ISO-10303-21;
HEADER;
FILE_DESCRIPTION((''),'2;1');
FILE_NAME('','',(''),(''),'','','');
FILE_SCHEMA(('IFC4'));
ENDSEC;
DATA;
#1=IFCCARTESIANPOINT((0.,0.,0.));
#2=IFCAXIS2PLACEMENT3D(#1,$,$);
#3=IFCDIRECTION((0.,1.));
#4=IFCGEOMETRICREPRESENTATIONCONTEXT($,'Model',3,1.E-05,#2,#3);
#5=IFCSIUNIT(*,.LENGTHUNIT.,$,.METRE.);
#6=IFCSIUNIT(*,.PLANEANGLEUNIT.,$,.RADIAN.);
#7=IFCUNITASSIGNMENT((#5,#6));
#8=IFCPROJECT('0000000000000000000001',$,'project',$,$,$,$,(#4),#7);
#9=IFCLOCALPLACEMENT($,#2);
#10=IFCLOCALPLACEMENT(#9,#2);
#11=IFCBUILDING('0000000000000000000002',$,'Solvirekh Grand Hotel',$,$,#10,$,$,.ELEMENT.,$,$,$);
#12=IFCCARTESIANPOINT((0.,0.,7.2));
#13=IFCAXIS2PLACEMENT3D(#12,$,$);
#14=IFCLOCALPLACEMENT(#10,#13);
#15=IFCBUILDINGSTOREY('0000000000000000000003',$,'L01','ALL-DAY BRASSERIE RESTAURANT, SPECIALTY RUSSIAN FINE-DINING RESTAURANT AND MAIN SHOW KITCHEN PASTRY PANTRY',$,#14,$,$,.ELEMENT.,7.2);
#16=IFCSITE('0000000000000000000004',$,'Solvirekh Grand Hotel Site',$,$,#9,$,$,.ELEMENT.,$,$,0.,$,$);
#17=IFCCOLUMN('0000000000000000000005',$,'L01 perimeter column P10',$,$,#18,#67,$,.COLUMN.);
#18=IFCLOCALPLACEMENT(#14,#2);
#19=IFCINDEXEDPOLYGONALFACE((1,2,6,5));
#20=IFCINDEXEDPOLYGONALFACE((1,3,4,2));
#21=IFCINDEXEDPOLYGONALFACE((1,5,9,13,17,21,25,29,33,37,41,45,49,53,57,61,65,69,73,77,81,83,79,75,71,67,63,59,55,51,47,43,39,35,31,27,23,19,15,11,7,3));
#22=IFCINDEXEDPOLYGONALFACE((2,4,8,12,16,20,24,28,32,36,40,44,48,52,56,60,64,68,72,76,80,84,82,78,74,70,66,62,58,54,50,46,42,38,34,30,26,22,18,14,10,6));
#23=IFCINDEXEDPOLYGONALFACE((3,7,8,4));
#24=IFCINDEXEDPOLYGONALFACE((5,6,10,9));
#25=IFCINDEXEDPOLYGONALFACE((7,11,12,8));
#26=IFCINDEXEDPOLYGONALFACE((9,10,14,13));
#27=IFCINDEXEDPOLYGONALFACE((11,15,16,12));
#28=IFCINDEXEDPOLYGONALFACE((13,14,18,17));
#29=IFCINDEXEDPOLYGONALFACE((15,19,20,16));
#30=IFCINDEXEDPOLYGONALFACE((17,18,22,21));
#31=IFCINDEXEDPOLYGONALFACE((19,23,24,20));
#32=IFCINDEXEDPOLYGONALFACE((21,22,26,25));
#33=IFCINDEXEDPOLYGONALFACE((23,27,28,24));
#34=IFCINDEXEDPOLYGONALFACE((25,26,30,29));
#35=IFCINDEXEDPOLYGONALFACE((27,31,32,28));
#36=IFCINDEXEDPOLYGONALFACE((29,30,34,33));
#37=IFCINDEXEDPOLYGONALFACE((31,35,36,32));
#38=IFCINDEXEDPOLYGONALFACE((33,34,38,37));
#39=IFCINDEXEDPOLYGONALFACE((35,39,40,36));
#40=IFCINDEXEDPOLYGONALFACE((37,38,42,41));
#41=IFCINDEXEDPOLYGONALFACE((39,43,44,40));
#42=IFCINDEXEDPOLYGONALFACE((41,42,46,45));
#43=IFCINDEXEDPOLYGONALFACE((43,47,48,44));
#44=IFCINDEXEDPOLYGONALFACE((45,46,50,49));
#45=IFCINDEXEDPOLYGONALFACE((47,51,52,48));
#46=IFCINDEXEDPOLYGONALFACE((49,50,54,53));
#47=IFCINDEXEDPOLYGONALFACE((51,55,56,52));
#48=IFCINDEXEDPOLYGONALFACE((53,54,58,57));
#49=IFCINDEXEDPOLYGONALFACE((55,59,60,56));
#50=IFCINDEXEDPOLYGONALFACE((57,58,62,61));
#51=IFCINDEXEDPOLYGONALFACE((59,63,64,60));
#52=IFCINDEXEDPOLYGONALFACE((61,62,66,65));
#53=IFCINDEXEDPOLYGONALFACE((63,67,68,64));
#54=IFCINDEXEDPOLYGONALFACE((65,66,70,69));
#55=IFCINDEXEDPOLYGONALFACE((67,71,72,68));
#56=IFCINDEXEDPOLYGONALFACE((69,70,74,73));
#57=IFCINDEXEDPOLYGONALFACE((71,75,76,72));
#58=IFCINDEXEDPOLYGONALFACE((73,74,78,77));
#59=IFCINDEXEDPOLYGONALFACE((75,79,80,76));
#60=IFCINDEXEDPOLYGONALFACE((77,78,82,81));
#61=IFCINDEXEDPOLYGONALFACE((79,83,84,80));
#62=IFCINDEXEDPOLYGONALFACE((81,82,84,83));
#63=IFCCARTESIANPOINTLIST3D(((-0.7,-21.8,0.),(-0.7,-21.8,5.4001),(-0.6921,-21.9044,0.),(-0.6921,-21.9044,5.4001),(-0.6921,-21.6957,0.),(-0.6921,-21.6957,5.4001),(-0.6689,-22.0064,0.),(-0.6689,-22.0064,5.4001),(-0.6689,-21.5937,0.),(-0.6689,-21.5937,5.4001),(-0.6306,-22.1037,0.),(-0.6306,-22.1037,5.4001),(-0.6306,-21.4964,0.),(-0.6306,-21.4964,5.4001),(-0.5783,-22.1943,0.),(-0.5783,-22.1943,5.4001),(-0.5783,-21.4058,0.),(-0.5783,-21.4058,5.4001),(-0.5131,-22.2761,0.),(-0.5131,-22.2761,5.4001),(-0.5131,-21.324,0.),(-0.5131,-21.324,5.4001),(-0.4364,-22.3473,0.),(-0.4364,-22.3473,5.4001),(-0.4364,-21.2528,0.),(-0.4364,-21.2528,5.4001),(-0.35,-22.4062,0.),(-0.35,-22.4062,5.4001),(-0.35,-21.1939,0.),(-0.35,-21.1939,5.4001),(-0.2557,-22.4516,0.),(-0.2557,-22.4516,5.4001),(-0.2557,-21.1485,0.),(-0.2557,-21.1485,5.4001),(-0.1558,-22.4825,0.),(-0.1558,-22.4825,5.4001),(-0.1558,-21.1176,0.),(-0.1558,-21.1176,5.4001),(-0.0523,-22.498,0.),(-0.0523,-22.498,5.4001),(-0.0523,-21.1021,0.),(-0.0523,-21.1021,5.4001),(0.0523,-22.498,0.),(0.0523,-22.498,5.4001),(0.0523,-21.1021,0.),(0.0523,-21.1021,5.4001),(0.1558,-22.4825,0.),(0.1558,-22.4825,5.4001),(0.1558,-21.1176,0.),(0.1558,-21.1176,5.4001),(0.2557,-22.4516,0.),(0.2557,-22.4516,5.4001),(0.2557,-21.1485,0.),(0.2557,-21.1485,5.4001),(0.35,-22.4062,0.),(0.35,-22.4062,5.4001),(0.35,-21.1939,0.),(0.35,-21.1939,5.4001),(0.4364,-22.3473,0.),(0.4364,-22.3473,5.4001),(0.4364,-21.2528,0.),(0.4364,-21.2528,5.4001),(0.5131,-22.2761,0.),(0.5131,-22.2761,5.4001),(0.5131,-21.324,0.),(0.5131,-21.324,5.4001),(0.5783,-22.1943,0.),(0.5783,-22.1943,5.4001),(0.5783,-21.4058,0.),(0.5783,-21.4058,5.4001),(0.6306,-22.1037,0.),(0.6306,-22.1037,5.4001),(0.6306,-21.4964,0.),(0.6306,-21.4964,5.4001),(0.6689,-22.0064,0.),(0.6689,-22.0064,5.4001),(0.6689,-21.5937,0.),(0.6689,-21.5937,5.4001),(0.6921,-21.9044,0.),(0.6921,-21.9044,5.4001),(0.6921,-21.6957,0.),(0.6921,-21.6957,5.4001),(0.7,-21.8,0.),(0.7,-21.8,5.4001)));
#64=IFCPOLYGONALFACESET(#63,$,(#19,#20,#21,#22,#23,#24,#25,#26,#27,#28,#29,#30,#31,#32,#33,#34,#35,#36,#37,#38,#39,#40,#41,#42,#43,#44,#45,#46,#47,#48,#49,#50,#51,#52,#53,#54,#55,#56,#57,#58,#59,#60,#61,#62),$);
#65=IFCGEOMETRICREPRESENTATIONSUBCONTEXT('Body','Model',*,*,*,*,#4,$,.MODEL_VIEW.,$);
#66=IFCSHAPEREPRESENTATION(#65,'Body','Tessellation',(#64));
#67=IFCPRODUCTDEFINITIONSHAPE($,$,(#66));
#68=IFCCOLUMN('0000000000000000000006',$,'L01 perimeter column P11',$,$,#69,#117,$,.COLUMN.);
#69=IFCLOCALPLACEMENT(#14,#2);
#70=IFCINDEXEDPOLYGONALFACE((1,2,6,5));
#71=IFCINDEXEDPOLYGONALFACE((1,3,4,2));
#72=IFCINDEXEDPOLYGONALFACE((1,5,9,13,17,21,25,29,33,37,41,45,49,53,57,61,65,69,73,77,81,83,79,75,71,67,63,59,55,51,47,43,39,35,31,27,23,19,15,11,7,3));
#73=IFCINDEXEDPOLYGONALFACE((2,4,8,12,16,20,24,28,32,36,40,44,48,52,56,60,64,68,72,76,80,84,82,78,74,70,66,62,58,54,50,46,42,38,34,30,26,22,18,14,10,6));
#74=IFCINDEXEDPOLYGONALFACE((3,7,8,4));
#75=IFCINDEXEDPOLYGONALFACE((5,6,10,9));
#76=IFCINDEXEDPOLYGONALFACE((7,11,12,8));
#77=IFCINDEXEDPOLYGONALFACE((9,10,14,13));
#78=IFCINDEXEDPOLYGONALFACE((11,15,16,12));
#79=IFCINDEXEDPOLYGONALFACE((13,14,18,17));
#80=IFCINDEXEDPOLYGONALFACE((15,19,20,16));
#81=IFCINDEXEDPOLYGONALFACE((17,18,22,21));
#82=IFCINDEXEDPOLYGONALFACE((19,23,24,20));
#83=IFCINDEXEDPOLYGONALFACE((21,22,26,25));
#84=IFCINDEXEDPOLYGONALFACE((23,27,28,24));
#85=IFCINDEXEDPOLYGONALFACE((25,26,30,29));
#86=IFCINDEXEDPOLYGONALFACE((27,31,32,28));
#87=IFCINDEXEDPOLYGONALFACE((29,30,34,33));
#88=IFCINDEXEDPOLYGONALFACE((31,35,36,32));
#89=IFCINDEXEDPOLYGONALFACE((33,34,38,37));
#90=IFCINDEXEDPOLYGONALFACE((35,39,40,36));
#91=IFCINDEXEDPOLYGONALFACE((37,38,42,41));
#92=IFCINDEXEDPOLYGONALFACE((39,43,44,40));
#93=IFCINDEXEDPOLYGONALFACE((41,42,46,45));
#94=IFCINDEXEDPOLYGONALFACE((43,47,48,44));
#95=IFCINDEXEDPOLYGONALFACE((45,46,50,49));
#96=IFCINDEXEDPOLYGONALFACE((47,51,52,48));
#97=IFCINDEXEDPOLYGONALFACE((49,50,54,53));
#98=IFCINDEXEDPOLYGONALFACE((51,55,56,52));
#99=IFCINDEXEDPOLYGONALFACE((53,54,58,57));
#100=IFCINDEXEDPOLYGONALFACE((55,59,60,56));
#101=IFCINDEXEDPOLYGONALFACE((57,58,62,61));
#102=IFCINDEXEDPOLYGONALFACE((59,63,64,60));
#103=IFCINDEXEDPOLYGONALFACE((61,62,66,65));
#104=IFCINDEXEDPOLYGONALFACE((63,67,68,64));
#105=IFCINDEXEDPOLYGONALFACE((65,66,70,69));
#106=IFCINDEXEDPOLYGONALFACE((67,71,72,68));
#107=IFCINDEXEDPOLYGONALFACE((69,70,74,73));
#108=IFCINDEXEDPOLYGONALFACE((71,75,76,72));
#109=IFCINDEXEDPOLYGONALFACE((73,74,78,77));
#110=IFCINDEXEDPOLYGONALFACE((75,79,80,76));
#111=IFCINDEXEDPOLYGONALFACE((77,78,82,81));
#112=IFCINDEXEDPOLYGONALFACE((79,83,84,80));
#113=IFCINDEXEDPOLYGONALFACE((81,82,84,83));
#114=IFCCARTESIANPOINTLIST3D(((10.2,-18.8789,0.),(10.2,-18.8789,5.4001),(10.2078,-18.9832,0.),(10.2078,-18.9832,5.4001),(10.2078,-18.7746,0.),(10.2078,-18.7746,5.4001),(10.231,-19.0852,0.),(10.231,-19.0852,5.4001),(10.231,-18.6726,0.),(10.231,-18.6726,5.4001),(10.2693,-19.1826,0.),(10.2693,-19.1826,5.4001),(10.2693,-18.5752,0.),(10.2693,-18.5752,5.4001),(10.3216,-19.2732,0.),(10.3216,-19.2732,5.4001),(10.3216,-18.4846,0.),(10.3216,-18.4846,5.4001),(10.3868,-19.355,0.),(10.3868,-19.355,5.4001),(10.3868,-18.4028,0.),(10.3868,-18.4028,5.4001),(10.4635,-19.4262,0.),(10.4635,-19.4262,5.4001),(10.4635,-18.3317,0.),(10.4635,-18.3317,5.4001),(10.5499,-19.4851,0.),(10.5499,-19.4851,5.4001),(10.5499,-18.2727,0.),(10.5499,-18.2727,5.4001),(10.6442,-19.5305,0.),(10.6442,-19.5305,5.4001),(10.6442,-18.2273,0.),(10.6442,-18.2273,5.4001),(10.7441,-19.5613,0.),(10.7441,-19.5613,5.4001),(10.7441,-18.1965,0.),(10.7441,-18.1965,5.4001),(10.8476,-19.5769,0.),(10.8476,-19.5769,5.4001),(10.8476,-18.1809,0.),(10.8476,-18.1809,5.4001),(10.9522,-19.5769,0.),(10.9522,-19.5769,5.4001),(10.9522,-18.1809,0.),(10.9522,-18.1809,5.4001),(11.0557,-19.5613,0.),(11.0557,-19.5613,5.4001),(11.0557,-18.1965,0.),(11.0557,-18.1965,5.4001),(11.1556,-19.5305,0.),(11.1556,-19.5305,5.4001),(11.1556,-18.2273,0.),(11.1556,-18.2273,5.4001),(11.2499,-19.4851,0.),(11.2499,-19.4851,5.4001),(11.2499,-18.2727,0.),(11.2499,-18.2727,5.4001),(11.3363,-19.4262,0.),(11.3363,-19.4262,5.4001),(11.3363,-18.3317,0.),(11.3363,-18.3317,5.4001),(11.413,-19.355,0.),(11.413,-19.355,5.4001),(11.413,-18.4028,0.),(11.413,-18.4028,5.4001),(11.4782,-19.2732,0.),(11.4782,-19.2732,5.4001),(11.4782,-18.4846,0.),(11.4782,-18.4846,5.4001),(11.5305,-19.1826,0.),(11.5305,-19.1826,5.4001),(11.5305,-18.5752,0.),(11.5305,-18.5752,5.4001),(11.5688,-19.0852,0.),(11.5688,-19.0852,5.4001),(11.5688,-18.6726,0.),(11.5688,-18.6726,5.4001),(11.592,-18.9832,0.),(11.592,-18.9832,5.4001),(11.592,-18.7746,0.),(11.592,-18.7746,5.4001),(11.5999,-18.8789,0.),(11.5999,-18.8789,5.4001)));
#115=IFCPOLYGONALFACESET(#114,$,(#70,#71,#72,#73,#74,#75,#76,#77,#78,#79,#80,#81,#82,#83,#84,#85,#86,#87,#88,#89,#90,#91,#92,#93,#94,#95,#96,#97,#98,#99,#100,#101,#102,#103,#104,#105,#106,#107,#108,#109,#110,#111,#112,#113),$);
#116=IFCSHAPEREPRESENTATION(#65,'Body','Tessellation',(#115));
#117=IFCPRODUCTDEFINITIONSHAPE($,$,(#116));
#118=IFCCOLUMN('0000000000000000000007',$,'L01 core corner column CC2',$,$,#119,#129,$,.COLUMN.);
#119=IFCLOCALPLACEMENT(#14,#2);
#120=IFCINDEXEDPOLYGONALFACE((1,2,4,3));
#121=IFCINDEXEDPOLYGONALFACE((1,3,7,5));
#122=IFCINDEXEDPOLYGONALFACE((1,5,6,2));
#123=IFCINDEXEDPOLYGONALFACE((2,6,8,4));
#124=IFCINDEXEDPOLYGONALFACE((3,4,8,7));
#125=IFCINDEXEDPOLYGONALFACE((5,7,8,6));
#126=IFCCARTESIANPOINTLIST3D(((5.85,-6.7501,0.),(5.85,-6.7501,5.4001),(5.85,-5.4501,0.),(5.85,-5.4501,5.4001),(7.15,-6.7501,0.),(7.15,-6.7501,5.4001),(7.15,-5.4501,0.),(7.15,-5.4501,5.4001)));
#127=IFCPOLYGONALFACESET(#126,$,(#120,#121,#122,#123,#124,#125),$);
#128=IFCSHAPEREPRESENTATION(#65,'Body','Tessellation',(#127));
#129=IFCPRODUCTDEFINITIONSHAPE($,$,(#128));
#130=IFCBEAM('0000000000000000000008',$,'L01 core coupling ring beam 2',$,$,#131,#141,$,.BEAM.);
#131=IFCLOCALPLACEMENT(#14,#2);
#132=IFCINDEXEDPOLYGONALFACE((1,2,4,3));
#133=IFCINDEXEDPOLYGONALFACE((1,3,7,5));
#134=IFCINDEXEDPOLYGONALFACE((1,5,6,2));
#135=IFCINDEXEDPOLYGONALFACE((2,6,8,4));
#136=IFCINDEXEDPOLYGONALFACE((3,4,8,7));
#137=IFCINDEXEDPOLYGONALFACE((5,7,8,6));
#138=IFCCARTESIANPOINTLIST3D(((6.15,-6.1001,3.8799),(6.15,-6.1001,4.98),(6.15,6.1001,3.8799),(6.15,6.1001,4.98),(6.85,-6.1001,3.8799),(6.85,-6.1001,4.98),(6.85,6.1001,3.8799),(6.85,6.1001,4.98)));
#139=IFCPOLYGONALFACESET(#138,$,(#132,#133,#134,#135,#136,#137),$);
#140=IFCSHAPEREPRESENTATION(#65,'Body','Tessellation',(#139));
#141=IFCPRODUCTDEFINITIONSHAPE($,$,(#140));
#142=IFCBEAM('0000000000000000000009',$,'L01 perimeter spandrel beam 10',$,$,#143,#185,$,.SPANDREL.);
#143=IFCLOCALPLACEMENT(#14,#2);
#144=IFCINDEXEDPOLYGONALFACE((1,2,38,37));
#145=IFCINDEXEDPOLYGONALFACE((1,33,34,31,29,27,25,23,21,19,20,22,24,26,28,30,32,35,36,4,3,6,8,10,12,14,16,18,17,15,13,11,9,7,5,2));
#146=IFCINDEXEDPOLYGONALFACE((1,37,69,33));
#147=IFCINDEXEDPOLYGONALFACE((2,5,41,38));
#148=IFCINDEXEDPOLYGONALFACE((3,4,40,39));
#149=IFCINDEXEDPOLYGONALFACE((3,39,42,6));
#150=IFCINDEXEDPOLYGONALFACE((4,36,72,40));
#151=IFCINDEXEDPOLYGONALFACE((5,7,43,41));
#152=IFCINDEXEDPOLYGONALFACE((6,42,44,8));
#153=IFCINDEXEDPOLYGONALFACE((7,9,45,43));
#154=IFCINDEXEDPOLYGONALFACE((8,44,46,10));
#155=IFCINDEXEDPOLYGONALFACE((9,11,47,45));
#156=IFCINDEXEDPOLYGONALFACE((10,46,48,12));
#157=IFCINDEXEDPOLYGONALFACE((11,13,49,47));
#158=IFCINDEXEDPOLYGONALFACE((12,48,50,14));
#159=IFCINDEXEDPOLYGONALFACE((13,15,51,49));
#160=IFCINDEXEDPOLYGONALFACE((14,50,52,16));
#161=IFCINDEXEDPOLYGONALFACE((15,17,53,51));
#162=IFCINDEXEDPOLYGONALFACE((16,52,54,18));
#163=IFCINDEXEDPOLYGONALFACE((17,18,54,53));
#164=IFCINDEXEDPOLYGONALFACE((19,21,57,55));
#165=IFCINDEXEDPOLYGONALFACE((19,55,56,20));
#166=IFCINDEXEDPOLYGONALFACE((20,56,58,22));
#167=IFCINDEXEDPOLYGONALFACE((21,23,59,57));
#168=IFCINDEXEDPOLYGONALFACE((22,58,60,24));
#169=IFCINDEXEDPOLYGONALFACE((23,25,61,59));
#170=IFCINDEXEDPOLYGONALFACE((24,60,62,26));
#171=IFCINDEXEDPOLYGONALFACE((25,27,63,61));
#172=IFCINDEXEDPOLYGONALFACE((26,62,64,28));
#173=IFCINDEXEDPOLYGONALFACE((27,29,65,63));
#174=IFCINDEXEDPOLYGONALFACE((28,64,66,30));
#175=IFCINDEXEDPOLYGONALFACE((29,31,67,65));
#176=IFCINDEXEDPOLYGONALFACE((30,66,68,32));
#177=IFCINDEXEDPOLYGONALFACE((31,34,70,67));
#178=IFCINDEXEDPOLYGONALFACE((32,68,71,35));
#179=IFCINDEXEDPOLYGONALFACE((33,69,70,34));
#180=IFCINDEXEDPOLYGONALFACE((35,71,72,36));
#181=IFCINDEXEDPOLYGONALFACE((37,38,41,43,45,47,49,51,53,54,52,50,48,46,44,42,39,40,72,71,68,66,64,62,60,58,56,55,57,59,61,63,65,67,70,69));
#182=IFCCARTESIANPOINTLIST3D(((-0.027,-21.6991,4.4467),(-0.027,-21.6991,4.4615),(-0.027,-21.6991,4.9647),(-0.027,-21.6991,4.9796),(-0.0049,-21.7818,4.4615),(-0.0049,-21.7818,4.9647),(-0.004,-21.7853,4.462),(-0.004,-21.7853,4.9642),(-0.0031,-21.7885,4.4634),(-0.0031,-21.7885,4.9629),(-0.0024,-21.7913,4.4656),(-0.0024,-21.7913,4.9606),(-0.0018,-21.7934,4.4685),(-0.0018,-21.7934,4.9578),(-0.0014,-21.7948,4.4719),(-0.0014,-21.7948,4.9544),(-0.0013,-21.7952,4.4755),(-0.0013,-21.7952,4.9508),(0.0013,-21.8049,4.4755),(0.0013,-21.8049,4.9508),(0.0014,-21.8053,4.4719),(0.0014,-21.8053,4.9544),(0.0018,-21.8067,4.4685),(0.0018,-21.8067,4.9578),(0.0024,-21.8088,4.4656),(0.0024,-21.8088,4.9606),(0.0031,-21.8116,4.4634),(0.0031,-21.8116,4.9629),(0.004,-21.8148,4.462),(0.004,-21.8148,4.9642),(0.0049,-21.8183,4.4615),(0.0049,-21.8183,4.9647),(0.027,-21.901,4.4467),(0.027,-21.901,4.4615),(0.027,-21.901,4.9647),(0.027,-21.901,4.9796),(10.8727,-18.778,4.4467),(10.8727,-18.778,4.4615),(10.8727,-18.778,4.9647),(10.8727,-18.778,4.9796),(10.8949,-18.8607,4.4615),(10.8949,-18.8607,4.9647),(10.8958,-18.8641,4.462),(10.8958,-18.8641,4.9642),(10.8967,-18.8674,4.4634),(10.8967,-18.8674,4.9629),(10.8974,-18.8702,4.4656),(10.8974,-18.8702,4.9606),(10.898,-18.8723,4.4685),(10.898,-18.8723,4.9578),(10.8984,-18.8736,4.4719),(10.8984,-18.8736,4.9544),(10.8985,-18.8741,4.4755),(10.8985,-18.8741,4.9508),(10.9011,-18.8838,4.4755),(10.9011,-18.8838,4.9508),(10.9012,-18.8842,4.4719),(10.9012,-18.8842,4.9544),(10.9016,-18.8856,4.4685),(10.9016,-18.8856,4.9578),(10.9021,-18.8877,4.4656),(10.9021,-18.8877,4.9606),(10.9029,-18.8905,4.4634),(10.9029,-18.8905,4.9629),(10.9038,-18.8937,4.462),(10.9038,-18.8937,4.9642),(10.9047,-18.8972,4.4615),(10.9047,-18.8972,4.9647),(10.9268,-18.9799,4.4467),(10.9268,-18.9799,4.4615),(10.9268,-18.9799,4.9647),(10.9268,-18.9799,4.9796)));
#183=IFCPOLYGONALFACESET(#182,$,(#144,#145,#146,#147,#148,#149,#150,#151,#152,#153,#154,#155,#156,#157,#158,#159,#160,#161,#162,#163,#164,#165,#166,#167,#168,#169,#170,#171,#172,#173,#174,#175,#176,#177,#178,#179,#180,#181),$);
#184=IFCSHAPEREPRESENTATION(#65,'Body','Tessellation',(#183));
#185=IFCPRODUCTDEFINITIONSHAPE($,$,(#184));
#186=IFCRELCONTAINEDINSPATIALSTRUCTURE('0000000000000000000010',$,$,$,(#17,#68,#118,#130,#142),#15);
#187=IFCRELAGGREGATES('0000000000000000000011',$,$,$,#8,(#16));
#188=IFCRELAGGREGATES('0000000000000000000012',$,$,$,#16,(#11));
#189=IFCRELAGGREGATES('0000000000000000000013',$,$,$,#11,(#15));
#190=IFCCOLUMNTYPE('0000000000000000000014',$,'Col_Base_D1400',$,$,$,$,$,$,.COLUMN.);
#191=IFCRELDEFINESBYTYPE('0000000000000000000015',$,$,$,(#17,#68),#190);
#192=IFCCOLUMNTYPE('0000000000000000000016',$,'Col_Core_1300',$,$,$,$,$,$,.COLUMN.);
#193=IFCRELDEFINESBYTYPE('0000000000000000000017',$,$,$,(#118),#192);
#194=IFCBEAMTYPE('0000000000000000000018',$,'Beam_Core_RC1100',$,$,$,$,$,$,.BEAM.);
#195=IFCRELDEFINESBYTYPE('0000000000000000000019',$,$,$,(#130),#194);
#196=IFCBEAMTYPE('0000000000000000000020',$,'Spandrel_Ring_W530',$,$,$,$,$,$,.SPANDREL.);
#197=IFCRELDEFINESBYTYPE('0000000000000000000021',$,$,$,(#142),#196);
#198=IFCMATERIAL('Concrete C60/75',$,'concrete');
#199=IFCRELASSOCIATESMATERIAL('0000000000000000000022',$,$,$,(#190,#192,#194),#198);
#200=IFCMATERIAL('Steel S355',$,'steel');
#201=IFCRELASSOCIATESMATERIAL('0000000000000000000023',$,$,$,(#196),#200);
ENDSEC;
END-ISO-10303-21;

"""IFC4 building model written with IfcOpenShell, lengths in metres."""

from ifc_helpers import new_model, si_unit, direction, frame, origin, origin_2d, place, context, subcontext, project, spatial, rectangle, circle, i_section, extrude, material, material_profile, profile_set, type_object, element, save


model = new_model("IFC4")

# Units and contexts
model_context = context("Model", 3, precision=1e-05, world=origin(), true_north=direction((0.0, 1.0)))
body_context = subcontext(model_context, "Body", "Model", "MODEL_VIEW")
ifc_project = project(units=[si_unit("LENGTHUNIT", "METRE"), si_unit("PLANEANGLEUNIT", "RADIAN")], contexts=[model_context])

# Site, building, storey
site_placement = place(None, origin())
site = spatial("IfcSite", under=ifc_project, at=site_placement, Name="Solvirekh Grand Hotel Site", CompositionType="ELEMENT", RefElevation=0.0)
building_placement = place(site_placement, origin())
building = spatial("IfcBuilding", under=site, at=building_placement, Name="Solvirekh Grand Hotel", CompositionType="ELEMENT")
storey_placement = place(building_placement, frame((0.0, 0.0, 7.2)))
storey = spatial("IfcBuildingStorey", under=building, at=storey_placement, Name="L01", Description="ALL-DAY BRASSERIE RESTAURANT, SPECIALTY RUSSIAN FINE-DINING RESTAURANT AND MAIN SHOW KITCHEN PASTRY PANTRY", CompositionType="ELEMENT", Elevation=7.2)

# Columns
ifc_material_1 = material(Name="Concrete C60/75", Category="concrete")
ifc_material_profile_1 = material_profile(ifc_material_1, circle(Radius=0.7, at=origin_2d()), Name="RC CIRC D1400")
ifc_profile_set_1 = profile_set([ifc_material_profile_1], Name="Concrete C60/75")
column_type_1 = type_object("IfcColumnType", Name="Col_Base_D1400", PredefinedType="COLUMN", material=ifc_profile_set_1)
for number, where, z_axis, x_axis, name in (
    (1, (0.0, -21.8, 0.0), (0.0, 0.0, 1.0), (1.0, 0.0, 0.0), "L01 perimeter column P10"),
    (2, (10.8999, -18.8789, 0.0), (0.0, 0.0, 1.0), (1.0, 0.0, 0.0), "L01 perimeter column P11"),
):
    element("IfcColumn", number, at=place(storey_placement, frame(where, z_axis=z_axis, x_axis=x_axis)), inside=storey, type_object=column_type_1, Name=name, PredefinedType="COLUMN", context=body_context, shape_type="SweptSolid", body=[
        extrude(circle(Radius=0.7, at=origin_2d()), origin(), (0.0, 0.0, 1.0), 5.4001),
    ])
ifc_material_profile_2 = material_profile(ifc_material_1, rectangle(XDim=1.3, YDim=1.3, at=origin_2d()), Name="RC 1300X1300")
ifc_profile_set_2 = profile_set([ifc_material_profile_2], Name="Concrete C60/75")
column_type_2 = type_object("IfcColumnType", Name="Col_Core_1300", PredefinedType="COLUMN", material=ifc_profile_set_2)
column_placement = place(storey_placement, frame((6.5, -6.1001, 0.0), z_axis=(0.0, 0.0, 1.0), x_axis=(1.0, 0.0, 0.0)))
element("IfcColumn", 3, at=column_placement, inside=storey, type_object=column_type_2, Name="L01 core corner column CC2", PredefinedType="COLUMN", context=body_context, shape_type="SweptSolid", body=[
    extrude(rectangle(XDim=1.3, YDim=1.3, at=origin_2d()), origin(), (0.0, 0.0, 1.0), 5.4001),
])

# Beams
ifc_material_profile_3 = material_profile(ifc_material_1, rectangle(XDim=0.7, YDim=1.1001, at=origin_2d()), Name="RC BEAM 700X1100")
ifc_profile_set_3 = profile_set([ifc_material_profile_3], Name="Concrete C60/75")
beam_type_1 = type_object("IfcBeamType", Name="Beam_Core_RC1100", PredefinedType="BEAM", material=ifc_profile_set_3)
beam_1_placement = place(storey_placement, frame((6.5, -6.1001, 4.4299), z_axis=(0.0, 1.0, 0.0), x_axis=(-1.0, 0.0, 0.0)))
element("IfcBeam", 4, at=beam_1_placement, inside=storey, type_object=beam_type_1, Name="L01 core coupling ring beam 2", PredefinedType="BEAM", context=body_context, shape_type="SweptSolid", body=[
    extrude(rectangle(XDim=0.7, YDim=1.1001, at=origin_2d()), origin(), (0.0, 0.0, 1.0), 12.2002),
])
ifc_material_2 = material(Name="Steel S355", Category="steel")
ifc_material_profile_4 = material_profile(ifc_material_2, i_section(OverallWidth=0.209, OverallDepth=0.533, WebThickness=0.01, FlangeThickness=0.0149, FilletRadius=0.0139, at=origin_2d()), Name="W530X92")
ifc_profile_set_4 = profile_set([ifc_material_profile_4], Name="Steel S355")
beam_type_2 = type_object("IfcBeamType", Name="Spandrel_Ring_W530", PredefinedType="SPANDREL", material=ifc_profile_set_4)
beam_2_placement = place(storey_placement, frame((0.0, -21.8, 4.7131), z_axis=(0.965914, 0.258862, 0.0), x_axis=(-0.258862, 0.965914, 0.0)))
element("IfcBeam", 5, at=beam_2_placement, inside=storey, type_object=beam_type_2, Name="L01 perimeter spandrel beam 10", PredefinedType="SPANDREL", context=body_context, shape_type="SweptSolid", body=[
    extrude(i_section(OverallWidth=0.209, OverallDepth=0.533, WebThickness=0.01, FlangeThickness=0.0149, FilletRadius=0.0139, at=origin_2d()), origin(), (0.0, 0.0, 1.0), 11.2844),
])

save(model, "model.ifc")
